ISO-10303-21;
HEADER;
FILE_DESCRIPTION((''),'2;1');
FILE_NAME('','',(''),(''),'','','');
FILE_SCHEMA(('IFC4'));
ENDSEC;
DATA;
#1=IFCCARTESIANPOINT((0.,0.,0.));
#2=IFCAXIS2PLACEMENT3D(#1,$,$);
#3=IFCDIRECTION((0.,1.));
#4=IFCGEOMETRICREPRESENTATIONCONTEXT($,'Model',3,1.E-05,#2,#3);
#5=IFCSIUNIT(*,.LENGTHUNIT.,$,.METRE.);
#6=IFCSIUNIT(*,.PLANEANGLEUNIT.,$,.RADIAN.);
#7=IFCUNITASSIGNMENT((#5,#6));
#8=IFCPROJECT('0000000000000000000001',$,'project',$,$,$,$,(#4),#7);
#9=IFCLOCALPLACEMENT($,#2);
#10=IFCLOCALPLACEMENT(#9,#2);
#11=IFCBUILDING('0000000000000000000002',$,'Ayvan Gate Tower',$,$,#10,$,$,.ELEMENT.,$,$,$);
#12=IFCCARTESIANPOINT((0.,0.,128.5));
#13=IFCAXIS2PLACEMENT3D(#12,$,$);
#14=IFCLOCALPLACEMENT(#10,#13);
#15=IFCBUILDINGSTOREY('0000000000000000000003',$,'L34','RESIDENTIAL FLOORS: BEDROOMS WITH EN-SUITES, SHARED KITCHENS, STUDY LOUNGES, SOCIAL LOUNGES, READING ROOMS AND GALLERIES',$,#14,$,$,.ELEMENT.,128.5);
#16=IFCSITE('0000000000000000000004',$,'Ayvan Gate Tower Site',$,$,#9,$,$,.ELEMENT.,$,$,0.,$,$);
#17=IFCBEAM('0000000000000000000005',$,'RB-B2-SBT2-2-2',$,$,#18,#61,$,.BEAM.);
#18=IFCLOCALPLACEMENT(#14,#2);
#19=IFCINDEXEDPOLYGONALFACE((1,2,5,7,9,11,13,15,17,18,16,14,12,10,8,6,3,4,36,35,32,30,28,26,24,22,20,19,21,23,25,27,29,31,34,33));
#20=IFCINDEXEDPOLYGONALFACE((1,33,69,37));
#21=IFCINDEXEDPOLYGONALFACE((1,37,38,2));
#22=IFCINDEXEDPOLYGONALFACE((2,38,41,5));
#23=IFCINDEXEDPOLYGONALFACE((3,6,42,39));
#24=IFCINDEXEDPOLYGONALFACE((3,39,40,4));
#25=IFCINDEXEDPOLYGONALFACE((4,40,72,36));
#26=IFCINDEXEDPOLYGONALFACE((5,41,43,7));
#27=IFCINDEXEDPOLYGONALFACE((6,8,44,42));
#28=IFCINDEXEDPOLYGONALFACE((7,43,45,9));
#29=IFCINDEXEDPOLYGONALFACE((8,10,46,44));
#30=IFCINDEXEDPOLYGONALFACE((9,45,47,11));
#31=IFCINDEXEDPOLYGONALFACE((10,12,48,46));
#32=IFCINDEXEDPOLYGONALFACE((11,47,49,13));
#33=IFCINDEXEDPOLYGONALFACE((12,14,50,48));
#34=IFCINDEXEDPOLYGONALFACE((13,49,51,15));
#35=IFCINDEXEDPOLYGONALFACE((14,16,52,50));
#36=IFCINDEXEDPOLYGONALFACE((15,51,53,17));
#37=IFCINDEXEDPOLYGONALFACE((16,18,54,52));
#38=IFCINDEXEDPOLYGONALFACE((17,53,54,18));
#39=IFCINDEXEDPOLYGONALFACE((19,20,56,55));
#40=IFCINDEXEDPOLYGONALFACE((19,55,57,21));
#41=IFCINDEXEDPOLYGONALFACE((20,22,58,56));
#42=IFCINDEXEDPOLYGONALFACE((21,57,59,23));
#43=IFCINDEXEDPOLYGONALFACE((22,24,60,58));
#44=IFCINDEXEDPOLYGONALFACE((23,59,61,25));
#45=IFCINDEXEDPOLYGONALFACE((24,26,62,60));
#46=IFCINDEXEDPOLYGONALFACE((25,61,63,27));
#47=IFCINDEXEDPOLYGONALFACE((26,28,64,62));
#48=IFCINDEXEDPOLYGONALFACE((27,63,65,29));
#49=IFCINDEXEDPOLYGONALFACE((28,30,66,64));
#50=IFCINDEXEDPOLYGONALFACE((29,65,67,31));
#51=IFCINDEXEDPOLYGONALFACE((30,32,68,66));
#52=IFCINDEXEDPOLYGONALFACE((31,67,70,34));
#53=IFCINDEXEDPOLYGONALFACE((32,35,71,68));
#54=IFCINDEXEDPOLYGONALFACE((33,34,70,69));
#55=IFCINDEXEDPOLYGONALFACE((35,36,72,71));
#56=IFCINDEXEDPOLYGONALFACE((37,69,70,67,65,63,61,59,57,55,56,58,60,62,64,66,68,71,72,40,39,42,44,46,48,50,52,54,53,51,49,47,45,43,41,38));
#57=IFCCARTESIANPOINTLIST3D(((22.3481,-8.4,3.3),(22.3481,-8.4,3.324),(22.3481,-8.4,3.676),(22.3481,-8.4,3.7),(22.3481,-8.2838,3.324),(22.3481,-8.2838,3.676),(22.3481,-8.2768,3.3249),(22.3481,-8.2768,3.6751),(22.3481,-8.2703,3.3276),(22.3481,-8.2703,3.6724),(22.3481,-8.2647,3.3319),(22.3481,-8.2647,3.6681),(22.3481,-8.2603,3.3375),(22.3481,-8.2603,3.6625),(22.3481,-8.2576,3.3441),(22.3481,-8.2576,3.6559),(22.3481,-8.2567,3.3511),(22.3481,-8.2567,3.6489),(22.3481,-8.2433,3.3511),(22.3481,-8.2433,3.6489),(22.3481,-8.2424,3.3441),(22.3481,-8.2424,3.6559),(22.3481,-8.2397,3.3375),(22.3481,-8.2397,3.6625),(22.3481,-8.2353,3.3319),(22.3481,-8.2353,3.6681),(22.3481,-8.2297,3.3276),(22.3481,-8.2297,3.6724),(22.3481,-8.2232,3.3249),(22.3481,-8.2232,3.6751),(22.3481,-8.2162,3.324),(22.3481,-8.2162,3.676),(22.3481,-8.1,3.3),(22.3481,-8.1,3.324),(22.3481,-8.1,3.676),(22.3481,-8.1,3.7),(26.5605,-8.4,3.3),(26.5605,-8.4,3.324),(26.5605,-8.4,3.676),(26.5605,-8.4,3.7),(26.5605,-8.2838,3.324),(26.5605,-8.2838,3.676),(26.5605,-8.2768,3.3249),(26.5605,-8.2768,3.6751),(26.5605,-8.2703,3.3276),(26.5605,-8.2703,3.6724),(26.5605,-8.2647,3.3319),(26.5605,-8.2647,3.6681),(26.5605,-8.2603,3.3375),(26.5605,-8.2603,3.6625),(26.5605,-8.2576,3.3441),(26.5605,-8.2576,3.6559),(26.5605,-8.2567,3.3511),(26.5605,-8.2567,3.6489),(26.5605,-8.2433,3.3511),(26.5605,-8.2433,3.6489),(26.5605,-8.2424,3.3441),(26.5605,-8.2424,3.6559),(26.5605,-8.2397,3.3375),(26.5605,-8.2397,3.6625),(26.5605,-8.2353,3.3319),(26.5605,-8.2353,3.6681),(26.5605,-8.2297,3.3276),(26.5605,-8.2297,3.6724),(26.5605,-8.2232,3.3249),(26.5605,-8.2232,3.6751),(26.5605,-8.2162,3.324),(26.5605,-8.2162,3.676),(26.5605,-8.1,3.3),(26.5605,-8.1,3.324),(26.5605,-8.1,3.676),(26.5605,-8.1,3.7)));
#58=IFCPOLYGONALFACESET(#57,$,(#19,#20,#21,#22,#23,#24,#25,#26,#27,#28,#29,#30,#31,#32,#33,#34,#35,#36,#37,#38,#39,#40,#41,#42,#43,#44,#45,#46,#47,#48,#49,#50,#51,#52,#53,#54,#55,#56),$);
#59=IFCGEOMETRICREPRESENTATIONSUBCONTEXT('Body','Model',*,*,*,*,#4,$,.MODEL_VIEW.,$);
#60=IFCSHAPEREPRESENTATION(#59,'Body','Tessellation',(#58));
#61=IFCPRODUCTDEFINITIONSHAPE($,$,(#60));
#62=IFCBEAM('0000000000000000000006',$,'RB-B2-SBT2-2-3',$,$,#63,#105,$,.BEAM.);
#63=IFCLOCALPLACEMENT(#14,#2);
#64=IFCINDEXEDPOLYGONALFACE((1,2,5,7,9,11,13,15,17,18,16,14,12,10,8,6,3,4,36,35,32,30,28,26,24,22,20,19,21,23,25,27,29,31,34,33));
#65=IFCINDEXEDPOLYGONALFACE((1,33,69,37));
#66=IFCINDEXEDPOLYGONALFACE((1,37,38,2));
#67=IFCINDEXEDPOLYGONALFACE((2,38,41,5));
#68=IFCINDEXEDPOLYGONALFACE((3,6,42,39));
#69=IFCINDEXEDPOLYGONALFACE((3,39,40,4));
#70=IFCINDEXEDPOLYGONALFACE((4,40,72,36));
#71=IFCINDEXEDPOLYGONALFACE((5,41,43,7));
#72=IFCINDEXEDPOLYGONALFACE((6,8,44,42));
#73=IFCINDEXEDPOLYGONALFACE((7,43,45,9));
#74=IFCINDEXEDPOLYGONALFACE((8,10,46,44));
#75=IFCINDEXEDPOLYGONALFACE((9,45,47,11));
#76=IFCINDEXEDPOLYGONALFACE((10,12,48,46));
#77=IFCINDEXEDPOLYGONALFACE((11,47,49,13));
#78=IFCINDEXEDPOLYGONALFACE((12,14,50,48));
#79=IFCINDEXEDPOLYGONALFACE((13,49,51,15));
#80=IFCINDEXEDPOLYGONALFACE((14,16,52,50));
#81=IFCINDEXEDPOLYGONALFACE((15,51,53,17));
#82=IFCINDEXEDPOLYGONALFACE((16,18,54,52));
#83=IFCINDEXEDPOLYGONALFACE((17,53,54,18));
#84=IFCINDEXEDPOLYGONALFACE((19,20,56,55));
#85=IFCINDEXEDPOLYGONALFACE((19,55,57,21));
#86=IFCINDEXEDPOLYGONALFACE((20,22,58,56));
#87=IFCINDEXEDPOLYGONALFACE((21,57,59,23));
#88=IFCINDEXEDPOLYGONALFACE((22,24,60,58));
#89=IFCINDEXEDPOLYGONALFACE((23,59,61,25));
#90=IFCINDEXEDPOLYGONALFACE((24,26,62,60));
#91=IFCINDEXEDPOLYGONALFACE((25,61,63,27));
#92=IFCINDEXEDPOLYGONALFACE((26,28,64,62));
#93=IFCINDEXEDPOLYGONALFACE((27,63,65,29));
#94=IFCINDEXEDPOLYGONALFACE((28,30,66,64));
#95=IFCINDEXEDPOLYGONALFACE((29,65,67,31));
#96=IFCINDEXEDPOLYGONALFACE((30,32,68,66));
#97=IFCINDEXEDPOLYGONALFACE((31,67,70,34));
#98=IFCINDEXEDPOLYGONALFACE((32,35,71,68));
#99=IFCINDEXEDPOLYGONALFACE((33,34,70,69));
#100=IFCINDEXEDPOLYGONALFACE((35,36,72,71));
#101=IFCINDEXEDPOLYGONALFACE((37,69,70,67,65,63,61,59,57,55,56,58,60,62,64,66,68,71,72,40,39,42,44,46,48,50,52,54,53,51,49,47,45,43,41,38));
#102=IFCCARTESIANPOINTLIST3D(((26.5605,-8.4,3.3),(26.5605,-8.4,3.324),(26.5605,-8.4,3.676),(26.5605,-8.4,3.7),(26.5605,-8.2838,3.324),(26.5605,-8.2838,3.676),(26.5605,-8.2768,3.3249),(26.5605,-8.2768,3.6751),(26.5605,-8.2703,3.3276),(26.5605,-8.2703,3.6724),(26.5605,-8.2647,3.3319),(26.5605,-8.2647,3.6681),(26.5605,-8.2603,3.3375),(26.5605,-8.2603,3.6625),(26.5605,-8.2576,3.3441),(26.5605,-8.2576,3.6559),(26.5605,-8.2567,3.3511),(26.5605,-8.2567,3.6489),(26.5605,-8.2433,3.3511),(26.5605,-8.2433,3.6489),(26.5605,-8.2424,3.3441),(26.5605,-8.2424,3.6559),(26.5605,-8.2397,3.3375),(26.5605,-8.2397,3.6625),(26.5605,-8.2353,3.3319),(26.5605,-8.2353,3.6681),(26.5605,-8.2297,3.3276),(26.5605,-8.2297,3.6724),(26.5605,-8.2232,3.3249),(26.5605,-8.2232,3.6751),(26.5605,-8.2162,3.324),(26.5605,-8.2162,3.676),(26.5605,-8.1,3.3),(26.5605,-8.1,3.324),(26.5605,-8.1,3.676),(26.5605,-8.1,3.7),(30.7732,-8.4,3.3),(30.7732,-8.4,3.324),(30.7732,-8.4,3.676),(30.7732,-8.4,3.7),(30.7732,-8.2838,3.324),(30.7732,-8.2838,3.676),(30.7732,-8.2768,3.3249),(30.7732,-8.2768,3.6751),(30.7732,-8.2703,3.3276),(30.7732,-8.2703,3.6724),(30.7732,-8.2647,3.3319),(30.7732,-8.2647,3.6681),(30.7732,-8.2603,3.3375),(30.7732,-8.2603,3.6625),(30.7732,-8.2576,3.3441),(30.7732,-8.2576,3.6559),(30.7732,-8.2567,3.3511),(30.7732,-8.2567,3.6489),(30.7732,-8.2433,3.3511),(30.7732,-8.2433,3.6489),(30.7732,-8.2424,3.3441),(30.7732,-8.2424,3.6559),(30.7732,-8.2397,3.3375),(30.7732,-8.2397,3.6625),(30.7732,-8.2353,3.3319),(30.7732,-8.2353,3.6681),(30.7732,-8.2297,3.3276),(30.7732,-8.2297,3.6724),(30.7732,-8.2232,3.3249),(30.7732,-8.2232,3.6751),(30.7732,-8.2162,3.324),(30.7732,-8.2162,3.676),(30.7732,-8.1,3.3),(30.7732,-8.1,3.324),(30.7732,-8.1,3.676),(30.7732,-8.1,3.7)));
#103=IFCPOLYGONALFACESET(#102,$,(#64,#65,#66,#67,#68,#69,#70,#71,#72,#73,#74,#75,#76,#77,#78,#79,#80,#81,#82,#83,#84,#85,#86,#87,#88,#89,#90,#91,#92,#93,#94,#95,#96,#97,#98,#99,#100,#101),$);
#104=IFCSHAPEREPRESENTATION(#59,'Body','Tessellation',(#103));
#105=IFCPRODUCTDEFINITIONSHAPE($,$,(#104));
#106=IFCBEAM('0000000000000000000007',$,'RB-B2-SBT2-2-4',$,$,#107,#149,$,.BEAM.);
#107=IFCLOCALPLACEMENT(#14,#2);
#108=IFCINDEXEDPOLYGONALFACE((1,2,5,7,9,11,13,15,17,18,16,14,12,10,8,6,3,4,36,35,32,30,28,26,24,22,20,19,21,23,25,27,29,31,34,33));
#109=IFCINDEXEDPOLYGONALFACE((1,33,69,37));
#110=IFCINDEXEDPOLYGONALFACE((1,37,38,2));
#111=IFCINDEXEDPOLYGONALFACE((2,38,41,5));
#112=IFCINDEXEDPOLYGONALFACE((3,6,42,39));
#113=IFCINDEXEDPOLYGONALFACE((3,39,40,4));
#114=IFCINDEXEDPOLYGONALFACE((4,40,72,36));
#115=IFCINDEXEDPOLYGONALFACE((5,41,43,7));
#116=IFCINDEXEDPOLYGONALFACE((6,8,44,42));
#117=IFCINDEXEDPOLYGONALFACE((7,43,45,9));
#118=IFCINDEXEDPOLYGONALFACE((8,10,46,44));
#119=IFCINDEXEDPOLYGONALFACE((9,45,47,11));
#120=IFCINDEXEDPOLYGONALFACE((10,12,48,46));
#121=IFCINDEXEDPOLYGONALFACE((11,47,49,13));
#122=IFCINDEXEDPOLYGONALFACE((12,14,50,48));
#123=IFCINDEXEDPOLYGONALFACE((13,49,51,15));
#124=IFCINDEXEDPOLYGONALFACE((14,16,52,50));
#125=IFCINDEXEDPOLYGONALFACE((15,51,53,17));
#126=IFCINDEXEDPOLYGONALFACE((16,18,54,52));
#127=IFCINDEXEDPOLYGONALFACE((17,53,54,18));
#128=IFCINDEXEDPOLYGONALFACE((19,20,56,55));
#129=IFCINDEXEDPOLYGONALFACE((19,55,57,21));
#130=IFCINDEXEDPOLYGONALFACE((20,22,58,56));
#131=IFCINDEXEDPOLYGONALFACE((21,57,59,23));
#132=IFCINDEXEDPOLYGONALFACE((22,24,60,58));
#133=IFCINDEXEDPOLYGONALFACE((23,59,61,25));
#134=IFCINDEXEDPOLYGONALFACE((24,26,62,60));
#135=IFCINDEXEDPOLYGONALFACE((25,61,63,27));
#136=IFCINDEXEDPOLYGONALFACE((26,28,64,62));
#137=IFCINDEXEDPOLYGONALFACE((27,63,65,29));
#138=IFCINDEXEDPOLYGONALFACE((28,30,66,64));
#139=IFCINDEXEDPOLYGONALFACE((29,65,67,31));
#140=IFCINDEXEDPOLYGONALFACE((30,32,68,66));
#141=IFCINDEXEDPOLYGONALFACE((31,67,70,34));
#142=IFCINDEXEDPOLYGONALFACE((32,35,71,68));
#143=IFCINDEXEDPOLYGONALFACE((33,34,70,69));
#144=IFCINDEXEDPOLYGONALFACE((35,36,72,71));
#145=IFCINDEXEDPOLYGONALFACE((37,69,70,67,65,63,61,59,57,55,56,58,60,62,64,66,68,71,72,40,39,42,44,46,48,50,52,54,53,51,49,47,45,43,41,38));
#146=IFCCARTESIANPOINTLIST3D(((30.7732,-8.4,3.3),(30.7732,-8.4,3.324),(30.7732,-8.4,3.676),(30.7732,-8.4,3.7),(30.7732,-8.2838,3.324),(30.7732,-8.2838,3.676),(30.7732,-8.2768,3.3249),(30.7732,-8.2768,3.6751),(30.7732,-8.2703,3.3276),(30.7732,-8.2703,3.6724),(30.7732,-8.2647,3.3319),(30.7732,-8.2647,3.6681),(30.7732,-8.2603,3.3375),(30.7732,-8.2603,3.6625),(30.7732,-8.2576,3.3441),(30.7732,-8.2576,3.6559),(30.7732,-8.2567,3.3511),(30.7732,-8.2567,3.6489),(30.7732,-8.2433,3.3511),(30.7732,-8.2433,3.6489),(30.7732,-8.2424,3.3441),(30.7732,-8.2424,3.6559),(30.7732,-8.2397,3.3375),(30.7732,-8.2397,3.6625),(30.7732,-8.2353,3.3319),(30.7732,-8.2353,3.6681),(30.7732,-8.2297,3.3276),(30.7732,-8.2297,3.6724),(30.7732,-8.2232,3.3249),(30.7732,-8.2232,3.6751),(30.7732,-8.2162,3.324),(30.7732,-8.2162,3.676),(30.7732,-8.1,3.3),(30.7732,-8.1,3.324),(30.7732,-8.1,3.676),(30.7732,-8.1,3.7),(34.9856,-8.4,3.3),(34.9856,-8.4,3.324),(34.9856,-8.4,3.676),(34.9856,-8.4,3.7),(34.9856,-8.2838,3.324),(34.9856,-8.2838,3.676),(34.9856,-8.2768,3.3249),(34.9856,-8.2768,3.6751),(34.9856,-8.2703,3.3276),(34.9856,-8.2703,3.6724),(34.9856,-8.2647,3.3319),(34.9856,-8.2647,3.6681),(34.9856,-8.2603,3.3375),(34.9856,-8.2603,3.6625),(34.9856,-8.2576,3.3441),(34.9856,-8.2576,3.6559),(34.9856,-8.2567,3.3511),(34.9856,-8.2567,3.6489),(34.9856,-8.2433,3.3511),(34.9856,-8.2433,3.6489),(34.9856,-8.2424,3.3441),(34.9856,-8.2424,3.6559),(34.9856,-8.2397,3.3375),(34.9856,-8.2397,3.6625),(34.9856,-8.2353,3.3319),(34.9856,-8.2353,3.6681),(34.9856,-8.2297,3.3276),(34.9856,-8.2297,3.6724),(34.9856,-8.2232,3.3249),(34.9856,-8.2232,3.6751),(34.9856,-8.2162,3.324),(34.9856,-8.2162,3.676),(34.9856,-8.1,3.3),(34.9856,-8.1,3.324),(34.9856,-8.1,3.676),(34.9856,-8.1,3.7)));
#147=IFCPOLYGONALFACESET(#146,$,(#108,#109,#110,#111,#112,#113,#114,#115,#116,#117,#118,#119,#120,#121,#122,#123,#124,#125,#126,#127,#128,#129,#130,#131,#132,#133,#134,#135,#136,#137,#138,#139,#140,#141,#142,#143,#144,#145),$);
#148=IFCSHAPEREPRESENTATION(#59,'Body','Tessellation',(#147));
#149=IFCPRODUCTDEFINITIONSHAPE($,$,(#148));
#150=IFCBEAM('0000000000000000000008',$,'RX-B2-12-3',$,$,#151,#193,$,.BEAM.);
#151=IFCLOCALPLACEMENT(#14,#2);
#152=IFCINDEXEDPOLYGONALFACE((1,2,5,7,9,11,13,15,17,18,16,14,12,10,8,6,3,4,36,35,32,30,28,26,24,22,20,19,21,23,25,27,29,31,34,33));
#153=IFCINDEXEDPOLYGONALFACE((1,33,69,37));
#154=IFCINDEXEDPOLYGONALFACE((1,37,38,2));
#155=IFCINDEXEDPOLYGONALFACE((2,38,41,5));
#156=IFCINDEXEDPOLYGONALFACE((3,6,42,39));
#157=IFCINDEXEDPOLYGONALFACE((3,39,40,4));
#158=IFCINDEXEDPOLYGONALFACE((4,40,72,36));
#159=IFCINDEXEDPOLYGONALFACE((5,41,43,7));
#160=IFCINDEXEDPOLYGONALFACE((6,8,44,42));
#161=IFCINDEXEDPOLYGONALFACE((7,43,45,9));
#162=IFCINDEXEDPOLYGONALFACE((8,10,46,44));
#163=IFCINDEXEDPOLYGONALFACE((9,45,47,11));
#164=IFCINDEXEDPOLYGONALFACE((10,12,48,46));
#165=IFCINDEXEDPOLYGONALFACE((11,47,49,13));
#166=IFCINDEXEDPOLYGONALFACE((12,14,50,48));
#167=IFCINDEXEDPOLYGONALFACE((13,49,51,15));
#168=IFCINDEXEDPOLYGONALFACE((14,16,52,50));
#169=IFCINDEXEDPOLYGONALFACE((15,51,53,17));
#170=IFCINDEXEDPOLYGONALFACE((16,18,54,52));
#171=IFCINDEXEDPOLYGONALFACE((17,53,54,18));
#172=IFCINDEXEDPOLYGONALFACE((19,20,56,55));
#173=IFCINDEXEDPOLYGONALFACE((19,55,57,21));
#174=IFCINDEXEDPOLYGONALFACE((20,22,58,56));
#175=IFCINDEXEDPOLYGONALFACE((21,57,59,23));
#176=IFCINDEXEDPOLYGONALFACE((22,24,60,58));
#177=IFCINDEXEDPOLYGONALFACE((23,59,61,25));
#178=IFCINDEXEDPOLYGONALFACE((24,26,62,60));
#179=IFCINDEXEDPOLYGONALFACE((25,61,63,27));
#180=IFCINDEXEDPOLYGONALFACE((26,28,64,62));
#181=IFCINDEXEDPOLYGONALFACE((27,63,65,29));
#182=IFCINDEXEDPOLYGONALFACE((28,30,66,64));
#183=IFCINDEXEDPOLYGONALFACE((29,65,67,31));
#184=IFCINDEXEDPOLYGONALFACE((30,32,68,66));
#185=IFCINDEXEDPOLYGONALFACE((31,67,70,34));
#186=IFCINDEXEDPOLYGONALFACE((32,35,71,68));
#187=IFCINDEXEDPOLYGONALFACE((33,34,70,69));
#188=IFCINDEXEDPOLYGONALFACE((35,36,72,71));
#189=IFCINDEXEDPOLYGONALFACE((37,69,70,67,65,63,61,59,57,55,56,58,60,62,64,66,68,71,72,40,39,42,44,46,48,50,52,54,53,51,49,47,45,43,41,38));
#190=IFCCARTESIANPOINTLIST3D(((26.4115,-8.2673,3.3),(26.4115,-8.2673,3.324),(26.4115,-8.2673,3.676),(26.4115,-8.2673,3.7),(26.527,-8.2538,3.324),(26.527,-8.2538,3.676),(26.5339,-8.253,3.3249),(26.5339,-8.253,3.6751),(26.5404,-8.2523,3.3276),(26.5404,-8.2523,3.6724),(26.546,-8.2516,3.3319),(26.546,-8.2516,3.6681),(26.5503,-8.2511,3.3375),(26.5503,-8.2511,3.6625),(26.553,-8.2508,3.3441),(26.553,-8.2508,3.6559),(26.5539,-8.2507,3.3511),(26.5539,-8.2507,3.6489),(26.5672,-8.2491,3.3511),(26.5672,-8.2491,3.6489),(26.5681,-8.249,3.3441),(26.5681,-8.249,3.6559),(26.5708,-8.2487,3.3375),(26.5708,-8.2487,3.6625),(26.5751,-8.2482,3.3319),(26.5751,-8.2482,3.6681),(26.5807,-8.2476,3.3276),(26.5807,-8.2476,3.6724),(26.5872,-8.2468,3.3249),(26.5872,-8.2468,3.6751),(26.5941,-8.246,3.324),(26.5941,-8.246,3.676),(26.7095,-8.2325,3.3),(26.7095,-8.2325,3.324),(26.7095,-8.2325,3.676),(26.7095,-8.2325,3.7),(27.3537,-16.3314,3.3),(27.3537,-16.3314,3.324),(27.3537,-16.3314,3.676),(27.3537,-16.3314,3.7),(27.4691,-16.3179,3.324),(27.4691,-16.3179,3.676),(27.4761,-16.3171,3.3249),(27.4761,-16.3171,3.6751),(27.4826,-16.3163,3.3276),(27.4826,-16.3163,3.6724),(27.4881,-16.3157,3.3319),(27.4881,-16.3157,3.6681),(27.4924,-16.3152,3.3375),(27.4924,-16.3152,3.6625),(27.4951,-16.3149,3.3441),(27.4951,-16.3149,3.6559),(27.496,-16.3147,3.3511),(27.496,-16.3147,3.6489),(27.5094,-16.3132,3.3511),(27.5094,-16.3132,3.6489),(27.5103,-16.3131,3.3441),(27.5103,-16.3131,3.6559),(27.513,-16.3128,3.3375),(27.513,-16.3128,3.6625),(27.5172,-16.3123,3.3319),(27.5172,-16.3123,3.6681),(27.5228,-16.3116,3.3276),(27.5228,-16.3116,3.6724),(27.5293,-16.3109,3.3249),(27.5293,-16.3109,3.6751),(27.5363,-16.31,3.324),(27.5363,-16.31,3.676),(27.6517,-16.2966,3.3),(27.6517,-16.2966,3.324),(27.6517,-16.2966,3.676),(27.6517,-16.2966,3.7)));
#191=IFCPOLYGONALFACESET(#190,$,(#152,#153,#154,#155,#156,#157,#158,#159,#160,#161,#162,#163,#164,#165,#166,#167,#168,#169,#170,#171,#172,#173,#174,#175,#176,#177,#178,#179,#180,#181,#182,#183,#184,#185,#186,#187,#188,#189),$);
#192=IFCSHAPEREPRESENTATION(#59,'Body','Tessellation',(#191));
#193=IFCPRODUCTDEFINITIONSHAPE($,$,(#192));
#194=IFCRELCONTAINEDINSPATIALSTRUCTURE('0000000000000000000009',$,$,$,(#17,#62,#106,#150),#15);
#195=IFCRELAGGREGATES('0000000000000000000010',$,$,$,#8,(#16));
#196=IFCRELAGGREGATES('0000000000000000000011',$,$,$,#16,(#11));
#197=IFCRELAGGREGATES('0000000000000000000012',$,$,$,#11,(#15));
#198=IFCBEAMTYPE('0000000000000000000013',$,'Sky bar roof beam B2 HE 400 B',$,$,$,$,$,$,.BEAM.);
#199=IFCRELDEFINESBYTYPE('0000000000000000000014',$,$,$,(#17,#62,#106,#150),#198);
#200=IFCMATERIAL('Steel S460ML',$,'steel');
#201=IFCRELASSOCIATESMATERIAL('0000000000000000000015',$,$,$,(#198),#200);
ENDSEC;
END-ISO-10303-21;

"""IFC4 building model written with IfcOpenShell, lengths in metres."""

from ifc_helpers import new_model, si_unit, direction, frame, origin, origin_2d, place, context, subcontext, project, spatial, i_section, extrude, material, material_profile, profile_set, type_object, element, save


model = new_model("IFC4")

# Units and contexts
model_context = context("Model", 3, precision=1e-05, world=origin(), true_north=direction((0.0, 1.0)))
body_context = subcontext(model_context, "Body", "Model", "MODEL_VIEW")
ifc_project = project(units=[si_unit("LENGTHUNIT", "METRE"), si_unit("PLANEANGLEUNIT", "RADIAN")], contexts=[model_context])

# Site, building, storey
site_placement = place(None, origin())
site = spatial("IfcSite", under=ifc_project, at=site_placement, Name="Ayvan Gate Tower Site", CompositionType="ELEMENT", RefElevation=0.0)
building_placement = place(site_placement, origin())
building = spatial("IfcBuilding", under=site, at=building_placement, Name="Ayvan Gate Tower", CompositionType="ELEMENT")
storey_placement = place(building_placement, frame((0.0, 0.0, 128.5)))
storey = spatial("IfcBuildingStorey", under=building, at=storey_placement, Name="L34", Description="RESIDENTIAL FLOORS: BEDROOMS WITH EN-SUITES, SHARED KITCHENS, STUDY LOUNGES, SOCIAL LOUNGES, READING ROOMS AND GALLERIES", CompositionType="ELEMENT", Elevation=128.5)

# Beams
ifc_material_1 = material(Name="Steel S460ML", Category="steel")
ifc_material_profile_1 = material_profile(ifc_material_1, i_section(OverallWidth=0.3, OverallDepth=0.3999, WebThickness=0.0134, FlangeThickness=0.0239, FilletRadius=0.0271, at=origin_2d()), Name="HE 400 B")
ifc_profile_set_1 = profile_set([ifc_material_profile_1], Name="Steel S460ML")
beam_type_1 = type_object("IfcBeamType", Name="Sky bar roof beam B2 HE 400 B", PredefinedType="BEAM", material=ifc_profile_set_1)
beam_1_placement = place(storey_placement, frame((22.3481, -8.25, 3.5), z_axis=(1.0, 0.0, 0.0), x_axis=(0.0, 1.0, 0.0)))
element("IfcBeam", 1, at=beam_1_placement, inside=storey, type_object=beam_type_1, Name="RB-B2-SBT2-2-2", PredefinedType="BEAM", context=body_context, shape_type="SweptSolid", body=[
    extrude(i_section(OverallWidth=0.3, OverallDepth=0.3999, WebThickness=0.0134, FlangeThickness=0.0239, FilletRadius=0.0271, at=origin_2d()), origin(), (0.0, 0.0, 1.0), 4.2124),
])
beam_2_placement = place(storey_placement, frame((26.5605, -8.25, 3.5), z_axis=(1.0, 0.0, 0.0), x_axis=(0.0, 1.0, 0.0)))
element("IfcBeam", 2, at=beam_2_placement, inside=storey, type_object=beam_type_1, Name="RB-B2-SBT2-2-3", PredefinedType="BEAM", context=body_context, shape_type="SweptSolid", body=[
    extrude(i_section(OverallWidth=0.3, OverallDepth=0.3999, WebThickness=0.0134, FlangeThickness=0.0239, FilletRadius=0.0271, at=origin_2d()), origin(), (0.0, 0.0, 1.0), 4.2126),
])
beam_3_placement = place(storey_placement, frame((30.7732, -8.25, 3.5), z_axis=(1.0, 0.0, 0.0), x_axis=(0.0, 1.0, 0.0)))
element("IfcBeam", 3, at=beam_3_placement, inside=storey, type_object=beam_type_1, Name="RB-B2-SBT2-2-4", PredefinedType="BEAM", context=body_context, shape_type="SweptSolid", body=[
    extrude(i_section(OverallWidth=0.3, OverallDepth=0.3999, WebThickness=0.0134, FlangeThickness=0.0239, FilletRadius=0.0271, at=origin_2d()), origin(), (0.0, 0.0, 1.0), 4.2124),
])
beam_4_placement = place(storey_placement, frame((27.5027, -16.314, 3.5), z_axis=(-0.116044, 0.993244, 0.0), x_axis=(-0.993244, -0.116044, 0.0)))
element("IfcBeam", 4, at=beam_4_placement, inside=storey, type_object=beam_type_1, Name="RX-B2-12-3", PredefinedType="BEAM", context=body_context, shape_type="SweptSolid", body=[
    extrude(i_section(OverallWidth=0.3, OverallDepth=0.3999, WebThickness=0.0134, FlangeThickness=0.0239, FilletRadius=0.0271, at=origin_2d()), origin(), (0.0, 0.0, 1.0), 8.1189),
])

save(model, "model.ifc")
